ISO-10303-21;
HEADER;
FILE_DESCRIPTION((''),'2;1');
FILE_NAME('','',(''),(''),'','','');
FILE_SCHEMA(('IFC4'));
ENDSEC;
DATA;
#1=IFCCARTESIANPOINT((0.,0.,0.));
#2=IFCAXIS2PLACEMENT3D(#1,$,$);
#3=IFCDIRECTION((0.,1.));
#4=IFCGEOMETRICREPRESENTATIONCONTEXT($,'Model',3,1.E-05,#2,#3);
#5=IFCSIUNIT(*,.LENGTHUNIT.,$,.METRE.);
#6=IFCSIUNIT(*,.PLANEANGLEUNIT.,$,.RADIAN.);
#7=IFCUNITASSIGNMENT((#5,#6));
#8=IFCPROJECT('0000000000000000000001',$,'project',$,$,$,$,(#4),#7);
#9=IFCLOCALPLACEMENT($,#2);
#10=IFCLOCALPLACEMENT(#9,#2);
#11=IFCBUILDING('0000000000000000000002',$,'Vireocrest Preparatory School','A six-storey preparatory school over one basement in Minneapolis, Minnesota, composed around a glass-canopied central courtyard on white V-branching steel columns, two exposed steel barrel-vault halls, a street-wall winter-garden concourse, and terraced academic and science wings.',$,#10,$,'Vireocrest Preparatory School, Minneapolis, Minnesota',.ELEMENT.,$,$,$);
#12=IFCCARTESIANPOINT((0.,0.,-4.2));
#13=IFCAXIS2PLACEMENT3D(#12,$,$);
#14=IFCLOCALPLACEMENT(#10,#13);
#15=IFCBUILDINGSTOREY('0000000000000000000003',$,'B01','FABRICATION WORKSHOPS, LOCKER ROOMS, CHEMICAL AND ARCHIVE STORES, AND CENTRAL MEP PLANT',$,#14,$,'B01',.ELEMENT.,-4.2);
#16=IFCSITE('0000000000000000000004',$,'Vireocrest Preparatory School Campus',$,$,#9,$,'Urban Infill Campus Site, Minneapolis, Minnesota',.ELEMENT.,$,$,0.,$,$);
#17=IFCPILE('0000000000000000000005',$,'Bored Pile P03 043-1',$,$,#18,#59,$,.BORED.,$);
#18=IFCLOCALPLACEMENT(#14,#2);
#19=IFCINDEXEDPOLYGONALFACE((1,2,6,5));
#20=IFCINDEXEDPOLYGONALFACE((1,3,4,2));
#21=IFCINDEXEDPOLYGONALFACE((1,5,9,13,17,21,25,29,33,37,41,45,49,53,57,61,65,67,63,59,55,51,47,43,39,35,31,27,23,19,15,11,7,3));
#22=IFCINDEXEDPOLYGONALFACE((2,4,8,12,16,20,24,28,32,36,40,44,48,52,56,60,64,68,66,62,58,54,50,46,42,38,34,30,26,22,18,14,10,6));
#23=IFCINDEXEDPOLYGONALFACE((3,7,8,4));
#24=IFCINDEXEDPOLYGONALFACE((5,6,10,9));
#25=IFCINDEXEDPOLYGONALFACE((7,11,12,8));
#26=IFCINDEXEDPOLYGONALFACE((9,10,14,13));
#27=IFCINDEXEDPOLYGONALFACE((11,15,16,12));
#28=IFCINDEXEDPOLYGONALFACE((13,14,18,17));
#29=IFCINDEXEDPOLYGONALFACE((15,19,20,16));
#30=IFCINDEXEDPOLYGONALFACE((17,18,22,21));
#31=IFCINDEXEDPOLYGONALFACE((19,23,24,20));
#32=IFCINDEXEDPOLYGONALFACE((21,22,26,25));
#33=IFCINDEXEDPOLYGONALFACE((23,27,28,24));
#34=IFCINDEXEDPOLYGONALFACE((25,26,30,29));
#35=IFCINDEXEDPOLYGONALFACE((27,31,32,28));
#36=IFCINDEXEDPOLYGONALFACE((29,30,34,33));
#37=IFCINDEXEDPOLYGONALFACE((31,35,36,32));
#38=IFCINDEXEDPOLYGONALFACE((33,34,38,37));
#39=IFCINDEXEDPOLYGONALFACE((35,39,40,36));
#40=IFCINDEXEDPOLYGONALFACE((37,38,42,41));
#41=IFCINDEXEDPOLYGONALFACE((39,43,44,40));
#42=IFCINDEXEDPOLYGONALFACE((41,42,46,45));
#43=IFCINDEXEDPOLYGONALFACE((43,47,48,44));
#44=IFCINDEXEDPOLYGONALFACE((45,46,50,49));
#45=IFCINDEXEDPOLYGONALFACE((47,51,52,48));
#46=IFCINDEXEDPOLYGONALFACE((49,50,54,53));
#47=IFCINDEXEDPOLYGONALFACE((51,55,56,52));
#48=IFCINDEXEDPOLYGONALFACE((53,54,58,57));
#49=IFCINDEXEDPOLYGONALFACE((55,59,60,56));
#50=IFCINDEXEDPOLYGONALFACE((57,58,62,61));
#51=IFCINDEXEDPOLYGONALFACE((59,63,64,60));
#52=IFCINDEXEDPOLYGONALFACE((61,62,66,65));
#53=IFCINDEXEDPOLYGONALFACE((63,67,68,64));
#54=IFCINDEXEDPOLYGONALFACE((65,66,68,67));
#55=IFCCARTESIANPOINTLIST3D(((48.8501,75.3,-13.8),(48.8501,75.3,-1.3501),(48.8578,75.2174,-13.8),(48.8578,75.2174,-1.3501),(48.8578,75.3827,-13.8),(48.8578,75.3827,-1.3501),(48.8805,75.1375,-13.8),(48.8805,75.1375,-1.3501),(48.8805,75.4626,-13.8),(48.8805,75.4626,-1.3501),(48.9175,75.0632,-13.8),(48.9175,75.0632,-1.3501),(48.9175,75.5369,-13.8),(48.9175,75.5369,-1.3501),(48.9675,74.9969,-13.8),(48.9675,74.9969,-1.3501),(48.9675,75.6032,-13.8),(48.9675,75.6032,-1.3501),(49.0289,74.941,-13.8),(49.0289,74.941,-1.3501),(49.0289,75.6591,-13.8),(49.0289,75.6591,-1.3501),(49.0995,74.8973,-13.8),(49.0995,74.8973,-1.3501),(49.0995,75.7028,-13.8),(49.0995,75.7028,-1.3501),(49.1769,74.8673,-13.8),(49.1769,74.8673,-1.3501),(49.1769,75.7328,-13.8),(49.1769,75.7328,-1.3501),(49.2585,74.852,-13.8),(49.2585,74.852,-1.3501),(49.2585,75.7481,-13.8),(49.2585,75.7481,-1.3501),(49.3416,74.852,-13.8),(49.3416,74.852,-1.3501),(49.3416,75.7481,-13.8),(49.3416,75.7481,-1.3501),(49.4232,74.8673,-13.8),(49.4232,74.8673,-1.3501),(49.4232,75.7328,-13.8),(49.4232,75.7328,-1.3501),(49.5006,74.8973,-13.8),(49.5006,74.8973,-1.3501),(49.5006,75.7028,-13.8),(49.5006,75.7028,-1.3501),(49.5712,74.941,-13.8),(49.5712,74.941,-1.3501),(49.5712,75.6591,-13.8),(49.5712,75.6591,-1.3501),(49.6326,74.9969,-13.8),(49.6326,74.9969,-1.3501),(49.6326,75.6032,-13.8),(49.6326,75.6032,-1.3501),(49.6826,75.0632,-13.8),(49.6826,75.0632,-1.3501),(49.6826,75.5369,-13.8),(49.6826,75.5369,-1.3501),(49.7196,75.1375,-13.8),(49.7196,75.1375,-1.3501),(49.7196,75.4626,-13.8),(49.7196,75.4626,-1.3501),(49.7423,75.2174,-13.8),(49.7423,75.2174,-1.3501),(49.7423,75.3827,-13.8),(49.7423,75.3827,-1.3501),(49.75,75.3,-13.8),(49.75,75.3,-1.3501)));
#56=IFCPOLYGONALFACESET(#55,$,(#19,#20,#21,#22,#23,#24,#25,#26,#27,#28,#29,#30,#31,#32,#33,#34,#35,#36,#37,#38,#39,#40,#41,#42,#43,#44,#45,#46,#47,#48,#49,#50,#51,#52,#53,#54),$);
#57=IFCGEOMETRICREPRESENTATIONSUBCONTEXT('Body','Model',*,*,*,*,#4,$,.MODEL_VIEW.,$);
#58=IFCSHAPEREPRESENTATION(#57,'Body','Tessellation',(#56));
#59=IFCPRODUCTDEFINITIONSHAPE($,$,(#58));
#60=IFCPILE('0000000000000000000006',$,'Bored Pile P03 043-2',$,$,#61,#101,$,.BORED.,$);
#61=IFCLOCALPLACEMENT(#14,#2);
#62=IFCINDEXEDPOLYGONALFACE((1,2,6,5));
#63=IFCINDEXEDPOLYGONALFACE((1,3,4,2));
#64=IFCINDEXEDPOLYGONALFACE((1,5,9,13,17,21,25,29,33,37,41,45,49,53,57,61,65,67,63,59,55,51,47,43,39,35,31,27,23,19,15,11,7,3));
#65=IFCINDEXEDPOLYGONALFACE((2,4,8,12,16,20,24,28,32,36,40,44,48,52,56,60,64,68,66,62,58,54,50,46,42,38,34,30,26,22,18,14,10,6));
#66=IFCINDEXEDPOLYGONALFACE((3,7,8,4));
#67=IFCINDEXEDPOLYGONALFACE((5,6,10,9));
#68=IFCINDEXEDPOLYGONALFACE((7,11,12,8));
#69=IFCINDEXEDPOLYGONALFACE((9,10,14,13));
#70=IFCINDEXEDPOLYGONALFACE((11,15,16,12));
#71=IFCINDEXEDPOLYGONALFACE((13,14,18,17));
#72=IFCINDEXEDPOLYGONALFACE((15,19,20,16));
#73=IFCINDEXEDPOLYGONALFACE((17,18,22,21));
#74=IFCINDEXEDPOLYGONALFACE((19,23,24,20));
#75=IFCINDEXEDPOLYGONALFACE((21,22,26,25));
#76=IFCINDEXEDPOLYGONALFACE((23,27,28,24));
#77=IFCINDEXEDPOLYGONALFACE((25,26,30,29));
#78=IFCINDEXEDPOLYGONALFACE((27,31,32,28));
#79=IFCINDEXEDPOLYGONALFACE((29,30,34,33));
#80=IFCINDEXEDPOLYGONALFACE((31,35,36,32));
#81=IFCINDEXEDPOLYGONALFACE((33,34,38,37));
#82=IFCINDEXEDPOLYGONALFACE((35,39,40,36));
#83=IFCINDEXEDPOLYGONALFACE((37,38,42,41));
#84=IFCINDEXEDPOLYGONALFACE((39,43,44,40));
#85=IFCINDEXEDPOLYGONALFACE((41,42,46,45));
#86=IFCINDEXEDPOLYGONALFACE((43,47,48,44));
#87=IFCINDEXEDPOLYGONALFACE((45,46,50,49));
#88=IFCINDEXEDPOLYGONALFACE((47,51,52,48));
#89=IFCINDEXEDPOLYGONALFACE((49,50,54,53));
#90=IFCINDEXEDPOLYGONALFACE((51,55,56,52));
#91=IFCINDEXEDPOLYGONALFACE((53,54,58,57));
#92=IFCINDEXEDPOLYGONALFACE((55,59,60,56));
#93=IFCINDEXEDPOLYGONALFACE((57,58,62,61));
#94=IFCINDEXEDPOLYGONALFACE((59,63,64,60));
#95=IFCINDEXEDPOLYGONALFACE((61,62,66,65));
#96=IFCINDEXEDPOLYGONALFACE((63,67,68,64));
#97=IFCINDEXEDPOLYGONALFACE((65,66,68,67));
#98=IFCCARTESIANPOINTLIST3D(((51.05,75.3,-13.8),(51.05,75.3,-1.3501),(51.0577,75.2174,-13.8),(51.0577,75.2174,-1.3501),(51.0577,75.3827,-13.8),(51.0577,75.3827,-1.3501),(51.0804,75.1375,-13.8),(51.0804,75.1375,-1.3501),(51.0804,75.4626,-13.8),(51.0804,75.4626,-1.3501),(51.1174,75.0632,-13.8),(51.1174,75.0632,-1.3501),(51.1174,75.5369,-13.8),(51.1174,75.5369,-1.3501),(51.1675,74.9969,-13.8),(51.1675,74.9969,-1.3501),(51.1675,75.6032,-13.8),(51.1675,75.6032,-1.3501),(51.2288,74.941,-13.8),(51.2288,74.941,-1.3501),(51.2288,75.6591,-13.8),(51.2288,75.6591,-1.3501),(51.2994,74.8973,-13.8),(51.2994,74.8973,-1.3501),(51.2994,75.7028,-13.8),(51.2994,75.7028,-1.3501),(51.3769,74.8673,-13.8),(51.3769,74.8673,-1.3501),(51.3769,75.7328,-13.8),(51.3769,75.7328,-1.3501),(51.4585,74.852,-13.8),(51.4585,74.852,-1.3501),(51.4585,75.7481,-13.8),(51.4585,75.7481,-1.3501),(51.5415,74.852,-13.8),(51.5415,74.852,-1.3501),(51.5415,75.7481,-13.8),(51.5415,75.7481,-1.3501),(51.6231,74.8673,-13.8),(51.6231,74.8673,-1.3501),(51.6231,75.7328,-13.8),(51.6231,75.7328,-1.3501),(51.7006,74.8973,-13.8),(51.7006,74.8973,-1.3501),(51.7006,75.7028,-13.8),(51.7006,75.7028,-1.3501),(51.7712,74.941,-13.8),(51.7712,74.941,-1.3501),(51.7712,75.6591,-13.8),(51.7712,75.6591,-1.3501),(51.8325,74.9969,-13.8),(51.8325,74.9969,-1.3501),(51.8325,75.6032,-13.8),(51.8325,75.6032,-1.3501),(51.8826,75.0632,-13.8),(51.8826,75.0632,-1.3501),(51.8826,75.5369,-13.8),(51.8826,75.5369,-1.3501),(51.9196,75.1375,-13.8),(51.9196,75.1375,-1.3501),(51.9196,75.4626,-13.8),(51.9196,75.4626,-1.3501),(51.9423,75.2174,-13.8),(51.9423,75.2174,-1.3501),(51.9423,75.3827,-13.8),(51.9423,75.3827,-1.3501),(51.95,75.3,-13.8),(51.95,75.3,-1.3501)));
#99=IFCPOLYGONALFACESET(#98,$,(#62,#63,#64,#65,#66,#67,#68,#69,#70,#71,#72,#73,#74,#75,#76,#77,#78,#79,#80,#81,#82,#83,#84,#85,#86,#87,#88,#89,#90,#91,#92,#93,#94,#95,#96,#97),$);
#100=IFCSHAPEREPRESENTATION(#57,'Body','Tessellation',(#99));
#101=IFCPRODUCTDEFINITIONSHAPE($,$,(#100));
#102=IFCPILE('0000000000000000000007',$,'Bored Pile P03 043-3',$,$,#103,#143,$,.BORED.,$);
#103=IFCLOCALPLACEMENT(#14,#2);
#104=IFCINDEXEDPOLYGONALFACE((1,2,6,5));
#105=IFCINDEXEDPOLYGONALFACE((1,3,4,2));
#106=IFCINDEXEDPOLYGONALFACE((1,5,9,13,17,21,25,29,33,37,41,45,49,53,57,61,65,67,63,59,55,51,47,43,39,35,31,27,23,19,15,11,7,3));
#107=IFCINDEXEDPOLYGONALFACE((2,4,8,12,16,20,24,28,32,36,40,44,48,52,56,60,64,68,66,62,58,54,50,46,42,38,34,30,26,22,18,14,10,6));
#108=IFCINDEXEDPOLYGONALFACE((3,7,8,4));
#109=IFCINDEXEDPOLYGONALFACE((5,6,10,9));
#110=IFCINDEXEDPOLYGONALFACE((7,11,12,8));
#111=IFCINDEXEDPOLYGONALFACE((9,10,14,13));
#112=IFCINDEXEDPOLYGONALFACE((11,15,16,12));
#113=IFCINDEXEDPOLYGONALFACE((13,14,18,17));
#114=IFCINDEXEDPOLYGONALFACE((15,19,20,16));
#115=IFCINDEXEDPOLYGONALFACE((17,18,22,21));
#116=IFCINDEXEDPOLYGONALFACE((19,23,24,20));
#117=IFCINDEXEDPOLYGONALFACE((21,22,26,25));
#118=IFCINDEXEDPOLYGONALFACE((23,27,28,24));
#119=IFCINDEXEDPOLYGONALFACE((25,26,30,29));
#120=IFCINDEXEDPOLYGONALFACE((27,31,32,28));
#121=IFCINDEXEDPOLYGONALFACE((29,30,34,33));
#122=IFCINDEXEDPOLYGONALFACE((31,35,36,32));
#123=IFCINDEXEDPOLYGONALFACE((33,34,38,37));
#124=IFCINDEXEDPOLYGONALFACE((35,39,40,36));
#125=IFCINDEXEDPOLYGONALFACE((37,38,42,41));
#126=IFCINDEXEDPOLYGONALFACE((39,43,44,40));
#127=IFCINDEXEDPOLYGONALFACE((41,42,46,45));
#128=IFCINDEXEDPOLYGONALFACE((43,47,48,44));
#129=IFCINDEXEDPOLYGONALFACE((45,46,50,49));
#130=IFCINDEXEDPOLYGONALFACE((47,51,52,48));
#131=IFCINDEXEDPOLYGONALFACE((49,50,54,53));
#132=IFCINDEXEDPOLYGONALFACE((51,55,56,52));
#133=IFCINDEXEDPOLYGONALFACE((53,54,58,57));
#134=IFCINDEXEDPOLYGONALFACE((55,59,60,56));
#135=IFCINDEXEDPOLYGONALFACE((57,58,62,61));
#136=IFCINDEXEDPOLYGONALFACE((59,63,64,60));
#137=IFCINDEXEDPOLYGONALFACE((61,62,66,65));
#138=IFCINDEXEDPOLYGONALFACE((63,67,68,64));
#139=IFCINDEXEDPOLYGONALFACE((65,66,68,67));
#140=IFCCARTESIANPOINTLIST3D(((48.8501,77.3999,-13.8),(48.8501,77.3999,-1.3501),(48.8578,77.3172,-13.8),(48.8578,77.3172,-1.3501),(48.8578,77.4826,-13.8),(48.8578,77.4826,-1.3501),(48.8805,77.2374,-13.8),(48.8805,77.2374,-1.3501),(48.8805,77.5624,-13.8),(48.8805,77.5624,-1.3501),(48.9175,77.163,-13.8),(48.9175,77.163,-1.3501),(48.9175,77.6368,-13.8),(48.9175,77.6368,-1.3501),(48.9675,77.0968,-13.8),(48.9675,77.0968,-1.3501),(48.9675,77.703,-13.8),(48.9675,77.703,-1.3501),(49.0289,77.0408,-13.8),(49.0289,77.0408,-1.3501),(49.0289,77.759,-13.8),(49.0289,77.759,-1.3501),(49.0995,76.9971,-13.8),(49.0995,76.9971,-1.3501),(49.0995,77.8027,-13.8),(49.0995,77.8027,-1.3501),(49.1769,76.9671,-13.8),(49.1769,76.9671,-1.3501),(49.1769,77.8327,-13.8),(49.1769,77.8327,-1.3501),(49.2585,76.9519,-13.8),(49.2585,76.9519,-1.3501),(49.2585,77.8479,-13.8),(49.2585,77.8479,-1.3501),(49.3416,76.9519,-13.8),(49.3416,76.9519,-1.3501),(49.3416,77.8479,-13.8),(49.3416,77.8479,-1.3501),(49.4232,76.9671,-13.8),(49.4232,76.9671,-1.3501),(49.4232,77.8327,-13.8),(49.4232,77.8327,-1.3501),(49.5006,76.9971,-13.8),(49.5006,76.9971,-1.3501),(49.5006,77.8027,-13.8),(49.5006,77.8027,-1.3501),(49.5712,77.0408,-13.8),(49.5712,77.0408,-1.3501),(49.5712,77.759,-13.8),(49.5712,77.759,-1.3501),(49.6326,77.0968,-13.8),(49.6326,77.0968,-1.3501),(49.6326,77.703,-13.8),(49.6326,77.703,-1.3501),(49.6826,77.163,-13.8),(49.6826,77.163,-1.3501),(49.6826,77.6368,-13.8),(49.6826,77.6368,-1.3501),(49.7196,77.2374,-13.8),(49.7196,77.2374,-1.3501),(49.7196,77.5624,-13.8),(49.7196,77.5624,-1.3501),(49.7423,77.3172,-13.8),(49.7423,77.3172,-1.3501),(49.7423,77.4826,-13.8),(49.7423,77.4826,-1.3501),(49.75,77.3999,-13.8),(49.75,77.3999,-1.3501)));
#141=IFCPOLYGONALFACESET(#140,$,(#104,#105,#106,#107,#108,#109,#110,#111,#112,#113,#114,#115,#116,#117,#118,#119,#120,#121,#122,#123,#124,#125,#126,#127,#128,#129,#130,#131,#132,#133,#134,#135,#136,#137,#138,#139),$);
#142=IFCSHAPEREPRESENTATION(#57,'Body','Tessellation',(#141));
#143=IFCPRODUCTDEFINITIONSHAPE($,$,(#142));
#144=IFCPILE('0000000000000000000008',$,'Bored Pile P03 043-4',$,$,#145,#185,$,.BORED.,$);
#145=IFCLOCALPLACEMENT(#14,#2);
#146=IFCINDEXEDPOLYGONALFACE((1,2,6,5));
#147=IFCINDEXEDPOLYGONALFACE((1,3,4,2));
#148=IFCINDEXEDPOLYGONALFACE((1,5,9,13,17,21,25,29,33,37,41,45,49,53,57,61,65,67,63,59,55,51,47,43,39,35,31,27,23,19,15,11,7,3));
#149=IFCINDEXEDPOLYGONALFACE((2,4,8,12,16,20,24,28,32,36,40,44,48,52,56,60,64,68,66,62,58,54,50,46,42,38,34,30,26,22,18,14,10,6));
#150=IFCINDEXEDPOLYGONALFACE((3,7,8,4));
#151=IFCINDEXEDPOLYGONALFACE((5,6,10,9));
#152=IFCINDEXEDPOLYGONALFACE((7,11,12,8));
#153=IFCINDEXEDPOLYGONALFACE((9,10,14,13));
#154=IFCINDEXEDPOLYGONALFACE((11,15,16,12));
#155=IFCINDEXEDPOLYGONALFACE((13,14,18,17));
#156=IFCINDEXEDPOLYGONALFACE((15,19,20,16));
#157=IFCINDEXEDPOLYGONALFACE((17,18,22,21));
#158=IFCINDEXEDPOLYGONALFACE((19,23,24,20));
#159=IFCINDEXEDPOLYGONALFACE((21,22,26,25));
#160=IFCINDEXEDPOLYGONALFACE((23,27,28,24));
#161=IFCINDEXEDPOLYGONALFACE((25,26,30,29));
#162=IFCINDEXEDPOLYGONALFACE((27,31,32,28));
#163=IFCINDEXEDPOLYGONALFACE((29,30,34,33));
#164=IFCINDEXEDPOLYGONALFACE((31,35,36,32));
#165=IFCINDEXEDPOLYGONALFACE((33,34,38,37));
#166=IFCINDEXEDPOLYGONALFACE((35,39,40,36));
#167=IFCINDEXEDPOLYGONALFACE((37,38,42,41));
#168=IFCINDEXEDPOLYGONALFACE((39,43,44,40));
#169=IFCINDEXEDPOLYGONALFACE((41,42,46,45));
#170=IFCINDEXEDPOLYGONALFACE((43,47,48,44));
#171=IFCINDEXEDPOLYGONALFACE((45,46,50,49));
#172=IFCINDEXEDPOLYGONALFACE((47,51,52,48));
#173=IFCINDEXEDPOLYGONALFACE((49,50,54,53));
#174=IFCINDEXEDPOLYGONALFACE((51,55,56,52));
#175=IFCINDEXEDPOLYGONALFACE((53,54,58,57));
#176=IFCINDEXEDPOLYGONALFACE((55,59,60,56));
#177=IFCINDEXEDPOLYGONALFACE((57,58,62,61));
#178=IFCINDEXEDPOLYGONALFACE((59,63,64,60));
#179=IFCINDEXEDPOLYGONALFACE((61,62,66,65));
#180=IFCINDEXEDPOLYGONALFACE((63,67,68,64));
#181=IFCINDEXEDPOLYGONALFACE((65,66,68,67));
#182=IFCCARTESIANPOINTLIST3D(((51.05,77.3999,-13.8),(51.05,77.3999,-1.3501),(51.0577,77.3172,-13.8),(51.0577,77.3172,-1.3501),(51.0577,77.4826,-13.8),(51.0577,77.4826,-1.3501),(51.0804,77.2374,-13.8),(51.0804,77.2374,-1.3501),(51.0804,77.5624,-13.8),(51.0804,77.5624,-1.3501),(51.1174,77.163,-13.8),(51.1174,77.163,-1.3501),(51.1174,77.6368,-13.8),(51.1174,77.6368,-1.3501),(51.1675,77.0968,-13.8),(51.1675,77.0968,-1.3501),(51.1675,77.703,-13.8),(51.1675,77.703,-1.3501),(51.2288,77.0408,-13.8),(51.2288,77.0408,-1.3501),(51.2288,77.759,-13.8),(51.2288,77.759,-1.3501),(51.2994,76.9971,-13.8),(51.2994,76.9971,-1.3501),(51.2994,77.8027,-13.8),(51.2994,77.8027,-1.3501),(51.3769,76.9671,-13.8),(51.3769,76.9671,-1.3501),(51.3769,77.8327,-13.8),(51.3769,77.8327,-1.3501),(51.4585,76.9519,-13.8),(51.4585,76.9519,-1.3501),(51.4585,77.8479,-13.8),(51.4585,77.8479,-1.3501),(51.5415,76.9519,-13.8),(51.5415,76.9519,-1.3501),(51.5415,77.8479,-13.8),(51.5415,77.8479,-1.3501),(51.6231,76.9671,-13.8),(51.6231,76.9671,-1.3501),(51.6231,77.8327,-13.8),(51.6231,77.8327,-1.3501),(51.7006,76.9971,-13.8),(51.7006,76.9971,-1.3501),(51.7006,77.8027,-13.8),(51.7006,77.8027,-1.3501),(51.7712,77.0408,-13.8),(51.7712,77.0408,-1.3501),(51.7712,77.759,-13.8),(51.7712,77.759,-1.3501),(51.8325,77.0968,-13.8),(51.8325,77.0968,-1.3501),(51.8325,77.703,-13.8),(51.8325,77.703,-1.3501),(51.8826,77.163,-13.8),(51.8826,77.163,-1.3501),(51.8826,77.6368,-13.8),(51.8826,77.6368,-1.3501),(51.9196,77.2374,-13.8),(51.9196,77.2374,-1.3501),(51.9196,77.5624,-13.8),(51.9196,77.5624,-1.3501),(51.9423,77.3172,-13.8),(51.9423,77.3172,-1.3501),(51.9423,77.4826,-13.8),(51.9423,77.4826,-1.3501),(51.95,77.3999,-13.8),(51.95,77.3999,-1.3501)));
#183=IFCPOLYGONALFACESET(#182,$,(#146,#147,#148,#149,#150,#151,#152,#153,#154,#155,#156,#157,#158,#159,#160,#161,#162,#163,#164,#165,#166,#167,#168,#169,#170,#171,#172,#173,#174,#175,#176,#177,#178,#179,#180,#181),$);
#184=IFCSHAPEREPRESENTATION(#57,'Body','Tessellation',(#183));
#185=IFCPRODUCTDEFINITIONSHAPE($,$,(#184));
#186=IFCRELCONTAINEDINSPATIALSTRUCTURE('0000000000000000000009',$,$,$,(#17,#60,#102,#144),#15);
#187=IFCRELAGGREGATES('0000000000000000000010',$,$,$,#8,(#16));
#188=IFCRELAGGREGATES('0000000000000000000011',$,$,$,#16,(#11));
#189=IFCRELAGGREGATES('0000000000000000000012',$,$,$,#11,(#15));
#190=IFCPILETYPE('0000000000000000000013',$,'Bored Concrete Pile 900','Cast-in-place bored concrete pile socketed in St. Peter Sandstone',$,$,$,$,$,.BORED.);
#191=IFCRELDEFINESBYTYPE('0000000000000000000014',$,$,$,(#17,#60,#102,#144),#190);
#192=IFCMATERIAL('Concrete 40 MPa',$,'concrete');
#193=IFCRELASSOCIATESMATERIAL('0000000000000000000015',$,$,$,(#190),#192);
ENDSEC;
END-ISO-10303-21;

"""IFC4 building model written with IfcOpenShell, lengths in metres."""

from ifc_helpers import new_model, si_unit, direction, frame, origin, origin_2d, place, context, subcontext, project, spatial, circle, extrude, material, material_profile, profile_set, type_object, element, save


model = new_model("IFC4")

# Units and contexts
model_context = context("Model", 3, precision=1e-05, world=origin(), true_north=direction((0.0, 1.0)))
body_context = subcontext(model_context, "Body", "Model", "MODEL_VIEW")
ifc_project = project(units=[si_unit("LENGTHUNIT", "METRE"), si_unit("PLANEANGLEUNIT", "RADIAN")], contexts=[model_context])

# Site, building, storey
site_placement = place(None, origin())
site = spatial("IfcSite", under=ifc_project, at=site_placement, Name="Vireocrest Preparatory School Campus", LongName="Urban Infill Campus Site, Minneapolis, Minnesota", CompositionType="ELEMENT", RefElevation=0.0)
building_placement = place(site_placement, origin())
building = spatial("IfcBuilding", under=site, at=building_placement, Name="Vireocrest Preparatory School", Description="A six-storey preparatory school over one basement in Minneapolis, Minnesota, composed around a glass-canopied central courtyard on white V-branching steel columns, two exposed steel barrel-vault halls, a street-wall winter-garden concourse, and terraced academic and science wings.", LongName="Vireocrest Preparatory School, Minneapolis, Minnesota", CompositionType="ELEMENT")
storey_placement = place(building_placement, frame((0.0, 0.0, -4.2)))
storey = spatial("IfcBuildingStorey", under=building, at=storey_placement, Name="B01", Description="FABRICATION WORKSHOPS, LOCKER ROOMS, CHEMICAL AND ARCHIVE STORES, AND CENTRAL MEP PLANT", LongName="B01", CompositionType="ELEMENT", Elevation=-4.2)

# Piles
ifc_material_1 = material(Name="Concrete 40 MPa", Category="concrete")
ifc_material_profile_1 = material_profile(ifc_material_1, circle(Radius=0.45, at=origin_2d()), Name="BORED PILE 900")
ifc_profile_set_1 = profile_set([ifc_material_profile_1], Name="Concrete 40 MPa")
pile_type = type_object("IfcPileType", Name="Bored Concrete Pile 900", Description="Cast-in-place bored concrete pile socketed in St. Peter Sandstone", PredefinedType="BORED", material=ifc_profile_set_1)
for number, where, z_axis, x_axis, name in (
    (1, (49.3, 75.3, -1.3501), (0.0, 0.0, -1.0), (1.0, 0.0, 0.0), "Bored Pile P03 043-1"),
    (2, (51.5, 75.3, -1.3501), (0.0, 0.0, -1.0), (1.0, 0.0, 0.0), "Bored Pile P03 043-2"),
    (3, (49.3, 77.3999, -1.3501), (0.0, 0.0, -1.0), (1.0, 0.0, 0.0), "Bored Pile P03 043-3"),
    (4, (51.5, 77.3999, -1.3501), (0.0, 0.0, -1.0), (1.0, 0.0, 0.0), "Bored Pile P03 043-4"),
):
    element("IfcPile", number, at=place(storey_placement, frame(where, z_axis=z_axis, x_axis=x_axis)), inside=storey, type_object=pile_type, Name=name, PredefinedType="BORED", context=body_context, shape_type="SweptSolid", body=[
        extrude(circle(Radius=0.45, at=origin_2d()), origin(), (0.0, 0.0, 1.0), 12.45),
    ])

save(model, "model.ifc")
